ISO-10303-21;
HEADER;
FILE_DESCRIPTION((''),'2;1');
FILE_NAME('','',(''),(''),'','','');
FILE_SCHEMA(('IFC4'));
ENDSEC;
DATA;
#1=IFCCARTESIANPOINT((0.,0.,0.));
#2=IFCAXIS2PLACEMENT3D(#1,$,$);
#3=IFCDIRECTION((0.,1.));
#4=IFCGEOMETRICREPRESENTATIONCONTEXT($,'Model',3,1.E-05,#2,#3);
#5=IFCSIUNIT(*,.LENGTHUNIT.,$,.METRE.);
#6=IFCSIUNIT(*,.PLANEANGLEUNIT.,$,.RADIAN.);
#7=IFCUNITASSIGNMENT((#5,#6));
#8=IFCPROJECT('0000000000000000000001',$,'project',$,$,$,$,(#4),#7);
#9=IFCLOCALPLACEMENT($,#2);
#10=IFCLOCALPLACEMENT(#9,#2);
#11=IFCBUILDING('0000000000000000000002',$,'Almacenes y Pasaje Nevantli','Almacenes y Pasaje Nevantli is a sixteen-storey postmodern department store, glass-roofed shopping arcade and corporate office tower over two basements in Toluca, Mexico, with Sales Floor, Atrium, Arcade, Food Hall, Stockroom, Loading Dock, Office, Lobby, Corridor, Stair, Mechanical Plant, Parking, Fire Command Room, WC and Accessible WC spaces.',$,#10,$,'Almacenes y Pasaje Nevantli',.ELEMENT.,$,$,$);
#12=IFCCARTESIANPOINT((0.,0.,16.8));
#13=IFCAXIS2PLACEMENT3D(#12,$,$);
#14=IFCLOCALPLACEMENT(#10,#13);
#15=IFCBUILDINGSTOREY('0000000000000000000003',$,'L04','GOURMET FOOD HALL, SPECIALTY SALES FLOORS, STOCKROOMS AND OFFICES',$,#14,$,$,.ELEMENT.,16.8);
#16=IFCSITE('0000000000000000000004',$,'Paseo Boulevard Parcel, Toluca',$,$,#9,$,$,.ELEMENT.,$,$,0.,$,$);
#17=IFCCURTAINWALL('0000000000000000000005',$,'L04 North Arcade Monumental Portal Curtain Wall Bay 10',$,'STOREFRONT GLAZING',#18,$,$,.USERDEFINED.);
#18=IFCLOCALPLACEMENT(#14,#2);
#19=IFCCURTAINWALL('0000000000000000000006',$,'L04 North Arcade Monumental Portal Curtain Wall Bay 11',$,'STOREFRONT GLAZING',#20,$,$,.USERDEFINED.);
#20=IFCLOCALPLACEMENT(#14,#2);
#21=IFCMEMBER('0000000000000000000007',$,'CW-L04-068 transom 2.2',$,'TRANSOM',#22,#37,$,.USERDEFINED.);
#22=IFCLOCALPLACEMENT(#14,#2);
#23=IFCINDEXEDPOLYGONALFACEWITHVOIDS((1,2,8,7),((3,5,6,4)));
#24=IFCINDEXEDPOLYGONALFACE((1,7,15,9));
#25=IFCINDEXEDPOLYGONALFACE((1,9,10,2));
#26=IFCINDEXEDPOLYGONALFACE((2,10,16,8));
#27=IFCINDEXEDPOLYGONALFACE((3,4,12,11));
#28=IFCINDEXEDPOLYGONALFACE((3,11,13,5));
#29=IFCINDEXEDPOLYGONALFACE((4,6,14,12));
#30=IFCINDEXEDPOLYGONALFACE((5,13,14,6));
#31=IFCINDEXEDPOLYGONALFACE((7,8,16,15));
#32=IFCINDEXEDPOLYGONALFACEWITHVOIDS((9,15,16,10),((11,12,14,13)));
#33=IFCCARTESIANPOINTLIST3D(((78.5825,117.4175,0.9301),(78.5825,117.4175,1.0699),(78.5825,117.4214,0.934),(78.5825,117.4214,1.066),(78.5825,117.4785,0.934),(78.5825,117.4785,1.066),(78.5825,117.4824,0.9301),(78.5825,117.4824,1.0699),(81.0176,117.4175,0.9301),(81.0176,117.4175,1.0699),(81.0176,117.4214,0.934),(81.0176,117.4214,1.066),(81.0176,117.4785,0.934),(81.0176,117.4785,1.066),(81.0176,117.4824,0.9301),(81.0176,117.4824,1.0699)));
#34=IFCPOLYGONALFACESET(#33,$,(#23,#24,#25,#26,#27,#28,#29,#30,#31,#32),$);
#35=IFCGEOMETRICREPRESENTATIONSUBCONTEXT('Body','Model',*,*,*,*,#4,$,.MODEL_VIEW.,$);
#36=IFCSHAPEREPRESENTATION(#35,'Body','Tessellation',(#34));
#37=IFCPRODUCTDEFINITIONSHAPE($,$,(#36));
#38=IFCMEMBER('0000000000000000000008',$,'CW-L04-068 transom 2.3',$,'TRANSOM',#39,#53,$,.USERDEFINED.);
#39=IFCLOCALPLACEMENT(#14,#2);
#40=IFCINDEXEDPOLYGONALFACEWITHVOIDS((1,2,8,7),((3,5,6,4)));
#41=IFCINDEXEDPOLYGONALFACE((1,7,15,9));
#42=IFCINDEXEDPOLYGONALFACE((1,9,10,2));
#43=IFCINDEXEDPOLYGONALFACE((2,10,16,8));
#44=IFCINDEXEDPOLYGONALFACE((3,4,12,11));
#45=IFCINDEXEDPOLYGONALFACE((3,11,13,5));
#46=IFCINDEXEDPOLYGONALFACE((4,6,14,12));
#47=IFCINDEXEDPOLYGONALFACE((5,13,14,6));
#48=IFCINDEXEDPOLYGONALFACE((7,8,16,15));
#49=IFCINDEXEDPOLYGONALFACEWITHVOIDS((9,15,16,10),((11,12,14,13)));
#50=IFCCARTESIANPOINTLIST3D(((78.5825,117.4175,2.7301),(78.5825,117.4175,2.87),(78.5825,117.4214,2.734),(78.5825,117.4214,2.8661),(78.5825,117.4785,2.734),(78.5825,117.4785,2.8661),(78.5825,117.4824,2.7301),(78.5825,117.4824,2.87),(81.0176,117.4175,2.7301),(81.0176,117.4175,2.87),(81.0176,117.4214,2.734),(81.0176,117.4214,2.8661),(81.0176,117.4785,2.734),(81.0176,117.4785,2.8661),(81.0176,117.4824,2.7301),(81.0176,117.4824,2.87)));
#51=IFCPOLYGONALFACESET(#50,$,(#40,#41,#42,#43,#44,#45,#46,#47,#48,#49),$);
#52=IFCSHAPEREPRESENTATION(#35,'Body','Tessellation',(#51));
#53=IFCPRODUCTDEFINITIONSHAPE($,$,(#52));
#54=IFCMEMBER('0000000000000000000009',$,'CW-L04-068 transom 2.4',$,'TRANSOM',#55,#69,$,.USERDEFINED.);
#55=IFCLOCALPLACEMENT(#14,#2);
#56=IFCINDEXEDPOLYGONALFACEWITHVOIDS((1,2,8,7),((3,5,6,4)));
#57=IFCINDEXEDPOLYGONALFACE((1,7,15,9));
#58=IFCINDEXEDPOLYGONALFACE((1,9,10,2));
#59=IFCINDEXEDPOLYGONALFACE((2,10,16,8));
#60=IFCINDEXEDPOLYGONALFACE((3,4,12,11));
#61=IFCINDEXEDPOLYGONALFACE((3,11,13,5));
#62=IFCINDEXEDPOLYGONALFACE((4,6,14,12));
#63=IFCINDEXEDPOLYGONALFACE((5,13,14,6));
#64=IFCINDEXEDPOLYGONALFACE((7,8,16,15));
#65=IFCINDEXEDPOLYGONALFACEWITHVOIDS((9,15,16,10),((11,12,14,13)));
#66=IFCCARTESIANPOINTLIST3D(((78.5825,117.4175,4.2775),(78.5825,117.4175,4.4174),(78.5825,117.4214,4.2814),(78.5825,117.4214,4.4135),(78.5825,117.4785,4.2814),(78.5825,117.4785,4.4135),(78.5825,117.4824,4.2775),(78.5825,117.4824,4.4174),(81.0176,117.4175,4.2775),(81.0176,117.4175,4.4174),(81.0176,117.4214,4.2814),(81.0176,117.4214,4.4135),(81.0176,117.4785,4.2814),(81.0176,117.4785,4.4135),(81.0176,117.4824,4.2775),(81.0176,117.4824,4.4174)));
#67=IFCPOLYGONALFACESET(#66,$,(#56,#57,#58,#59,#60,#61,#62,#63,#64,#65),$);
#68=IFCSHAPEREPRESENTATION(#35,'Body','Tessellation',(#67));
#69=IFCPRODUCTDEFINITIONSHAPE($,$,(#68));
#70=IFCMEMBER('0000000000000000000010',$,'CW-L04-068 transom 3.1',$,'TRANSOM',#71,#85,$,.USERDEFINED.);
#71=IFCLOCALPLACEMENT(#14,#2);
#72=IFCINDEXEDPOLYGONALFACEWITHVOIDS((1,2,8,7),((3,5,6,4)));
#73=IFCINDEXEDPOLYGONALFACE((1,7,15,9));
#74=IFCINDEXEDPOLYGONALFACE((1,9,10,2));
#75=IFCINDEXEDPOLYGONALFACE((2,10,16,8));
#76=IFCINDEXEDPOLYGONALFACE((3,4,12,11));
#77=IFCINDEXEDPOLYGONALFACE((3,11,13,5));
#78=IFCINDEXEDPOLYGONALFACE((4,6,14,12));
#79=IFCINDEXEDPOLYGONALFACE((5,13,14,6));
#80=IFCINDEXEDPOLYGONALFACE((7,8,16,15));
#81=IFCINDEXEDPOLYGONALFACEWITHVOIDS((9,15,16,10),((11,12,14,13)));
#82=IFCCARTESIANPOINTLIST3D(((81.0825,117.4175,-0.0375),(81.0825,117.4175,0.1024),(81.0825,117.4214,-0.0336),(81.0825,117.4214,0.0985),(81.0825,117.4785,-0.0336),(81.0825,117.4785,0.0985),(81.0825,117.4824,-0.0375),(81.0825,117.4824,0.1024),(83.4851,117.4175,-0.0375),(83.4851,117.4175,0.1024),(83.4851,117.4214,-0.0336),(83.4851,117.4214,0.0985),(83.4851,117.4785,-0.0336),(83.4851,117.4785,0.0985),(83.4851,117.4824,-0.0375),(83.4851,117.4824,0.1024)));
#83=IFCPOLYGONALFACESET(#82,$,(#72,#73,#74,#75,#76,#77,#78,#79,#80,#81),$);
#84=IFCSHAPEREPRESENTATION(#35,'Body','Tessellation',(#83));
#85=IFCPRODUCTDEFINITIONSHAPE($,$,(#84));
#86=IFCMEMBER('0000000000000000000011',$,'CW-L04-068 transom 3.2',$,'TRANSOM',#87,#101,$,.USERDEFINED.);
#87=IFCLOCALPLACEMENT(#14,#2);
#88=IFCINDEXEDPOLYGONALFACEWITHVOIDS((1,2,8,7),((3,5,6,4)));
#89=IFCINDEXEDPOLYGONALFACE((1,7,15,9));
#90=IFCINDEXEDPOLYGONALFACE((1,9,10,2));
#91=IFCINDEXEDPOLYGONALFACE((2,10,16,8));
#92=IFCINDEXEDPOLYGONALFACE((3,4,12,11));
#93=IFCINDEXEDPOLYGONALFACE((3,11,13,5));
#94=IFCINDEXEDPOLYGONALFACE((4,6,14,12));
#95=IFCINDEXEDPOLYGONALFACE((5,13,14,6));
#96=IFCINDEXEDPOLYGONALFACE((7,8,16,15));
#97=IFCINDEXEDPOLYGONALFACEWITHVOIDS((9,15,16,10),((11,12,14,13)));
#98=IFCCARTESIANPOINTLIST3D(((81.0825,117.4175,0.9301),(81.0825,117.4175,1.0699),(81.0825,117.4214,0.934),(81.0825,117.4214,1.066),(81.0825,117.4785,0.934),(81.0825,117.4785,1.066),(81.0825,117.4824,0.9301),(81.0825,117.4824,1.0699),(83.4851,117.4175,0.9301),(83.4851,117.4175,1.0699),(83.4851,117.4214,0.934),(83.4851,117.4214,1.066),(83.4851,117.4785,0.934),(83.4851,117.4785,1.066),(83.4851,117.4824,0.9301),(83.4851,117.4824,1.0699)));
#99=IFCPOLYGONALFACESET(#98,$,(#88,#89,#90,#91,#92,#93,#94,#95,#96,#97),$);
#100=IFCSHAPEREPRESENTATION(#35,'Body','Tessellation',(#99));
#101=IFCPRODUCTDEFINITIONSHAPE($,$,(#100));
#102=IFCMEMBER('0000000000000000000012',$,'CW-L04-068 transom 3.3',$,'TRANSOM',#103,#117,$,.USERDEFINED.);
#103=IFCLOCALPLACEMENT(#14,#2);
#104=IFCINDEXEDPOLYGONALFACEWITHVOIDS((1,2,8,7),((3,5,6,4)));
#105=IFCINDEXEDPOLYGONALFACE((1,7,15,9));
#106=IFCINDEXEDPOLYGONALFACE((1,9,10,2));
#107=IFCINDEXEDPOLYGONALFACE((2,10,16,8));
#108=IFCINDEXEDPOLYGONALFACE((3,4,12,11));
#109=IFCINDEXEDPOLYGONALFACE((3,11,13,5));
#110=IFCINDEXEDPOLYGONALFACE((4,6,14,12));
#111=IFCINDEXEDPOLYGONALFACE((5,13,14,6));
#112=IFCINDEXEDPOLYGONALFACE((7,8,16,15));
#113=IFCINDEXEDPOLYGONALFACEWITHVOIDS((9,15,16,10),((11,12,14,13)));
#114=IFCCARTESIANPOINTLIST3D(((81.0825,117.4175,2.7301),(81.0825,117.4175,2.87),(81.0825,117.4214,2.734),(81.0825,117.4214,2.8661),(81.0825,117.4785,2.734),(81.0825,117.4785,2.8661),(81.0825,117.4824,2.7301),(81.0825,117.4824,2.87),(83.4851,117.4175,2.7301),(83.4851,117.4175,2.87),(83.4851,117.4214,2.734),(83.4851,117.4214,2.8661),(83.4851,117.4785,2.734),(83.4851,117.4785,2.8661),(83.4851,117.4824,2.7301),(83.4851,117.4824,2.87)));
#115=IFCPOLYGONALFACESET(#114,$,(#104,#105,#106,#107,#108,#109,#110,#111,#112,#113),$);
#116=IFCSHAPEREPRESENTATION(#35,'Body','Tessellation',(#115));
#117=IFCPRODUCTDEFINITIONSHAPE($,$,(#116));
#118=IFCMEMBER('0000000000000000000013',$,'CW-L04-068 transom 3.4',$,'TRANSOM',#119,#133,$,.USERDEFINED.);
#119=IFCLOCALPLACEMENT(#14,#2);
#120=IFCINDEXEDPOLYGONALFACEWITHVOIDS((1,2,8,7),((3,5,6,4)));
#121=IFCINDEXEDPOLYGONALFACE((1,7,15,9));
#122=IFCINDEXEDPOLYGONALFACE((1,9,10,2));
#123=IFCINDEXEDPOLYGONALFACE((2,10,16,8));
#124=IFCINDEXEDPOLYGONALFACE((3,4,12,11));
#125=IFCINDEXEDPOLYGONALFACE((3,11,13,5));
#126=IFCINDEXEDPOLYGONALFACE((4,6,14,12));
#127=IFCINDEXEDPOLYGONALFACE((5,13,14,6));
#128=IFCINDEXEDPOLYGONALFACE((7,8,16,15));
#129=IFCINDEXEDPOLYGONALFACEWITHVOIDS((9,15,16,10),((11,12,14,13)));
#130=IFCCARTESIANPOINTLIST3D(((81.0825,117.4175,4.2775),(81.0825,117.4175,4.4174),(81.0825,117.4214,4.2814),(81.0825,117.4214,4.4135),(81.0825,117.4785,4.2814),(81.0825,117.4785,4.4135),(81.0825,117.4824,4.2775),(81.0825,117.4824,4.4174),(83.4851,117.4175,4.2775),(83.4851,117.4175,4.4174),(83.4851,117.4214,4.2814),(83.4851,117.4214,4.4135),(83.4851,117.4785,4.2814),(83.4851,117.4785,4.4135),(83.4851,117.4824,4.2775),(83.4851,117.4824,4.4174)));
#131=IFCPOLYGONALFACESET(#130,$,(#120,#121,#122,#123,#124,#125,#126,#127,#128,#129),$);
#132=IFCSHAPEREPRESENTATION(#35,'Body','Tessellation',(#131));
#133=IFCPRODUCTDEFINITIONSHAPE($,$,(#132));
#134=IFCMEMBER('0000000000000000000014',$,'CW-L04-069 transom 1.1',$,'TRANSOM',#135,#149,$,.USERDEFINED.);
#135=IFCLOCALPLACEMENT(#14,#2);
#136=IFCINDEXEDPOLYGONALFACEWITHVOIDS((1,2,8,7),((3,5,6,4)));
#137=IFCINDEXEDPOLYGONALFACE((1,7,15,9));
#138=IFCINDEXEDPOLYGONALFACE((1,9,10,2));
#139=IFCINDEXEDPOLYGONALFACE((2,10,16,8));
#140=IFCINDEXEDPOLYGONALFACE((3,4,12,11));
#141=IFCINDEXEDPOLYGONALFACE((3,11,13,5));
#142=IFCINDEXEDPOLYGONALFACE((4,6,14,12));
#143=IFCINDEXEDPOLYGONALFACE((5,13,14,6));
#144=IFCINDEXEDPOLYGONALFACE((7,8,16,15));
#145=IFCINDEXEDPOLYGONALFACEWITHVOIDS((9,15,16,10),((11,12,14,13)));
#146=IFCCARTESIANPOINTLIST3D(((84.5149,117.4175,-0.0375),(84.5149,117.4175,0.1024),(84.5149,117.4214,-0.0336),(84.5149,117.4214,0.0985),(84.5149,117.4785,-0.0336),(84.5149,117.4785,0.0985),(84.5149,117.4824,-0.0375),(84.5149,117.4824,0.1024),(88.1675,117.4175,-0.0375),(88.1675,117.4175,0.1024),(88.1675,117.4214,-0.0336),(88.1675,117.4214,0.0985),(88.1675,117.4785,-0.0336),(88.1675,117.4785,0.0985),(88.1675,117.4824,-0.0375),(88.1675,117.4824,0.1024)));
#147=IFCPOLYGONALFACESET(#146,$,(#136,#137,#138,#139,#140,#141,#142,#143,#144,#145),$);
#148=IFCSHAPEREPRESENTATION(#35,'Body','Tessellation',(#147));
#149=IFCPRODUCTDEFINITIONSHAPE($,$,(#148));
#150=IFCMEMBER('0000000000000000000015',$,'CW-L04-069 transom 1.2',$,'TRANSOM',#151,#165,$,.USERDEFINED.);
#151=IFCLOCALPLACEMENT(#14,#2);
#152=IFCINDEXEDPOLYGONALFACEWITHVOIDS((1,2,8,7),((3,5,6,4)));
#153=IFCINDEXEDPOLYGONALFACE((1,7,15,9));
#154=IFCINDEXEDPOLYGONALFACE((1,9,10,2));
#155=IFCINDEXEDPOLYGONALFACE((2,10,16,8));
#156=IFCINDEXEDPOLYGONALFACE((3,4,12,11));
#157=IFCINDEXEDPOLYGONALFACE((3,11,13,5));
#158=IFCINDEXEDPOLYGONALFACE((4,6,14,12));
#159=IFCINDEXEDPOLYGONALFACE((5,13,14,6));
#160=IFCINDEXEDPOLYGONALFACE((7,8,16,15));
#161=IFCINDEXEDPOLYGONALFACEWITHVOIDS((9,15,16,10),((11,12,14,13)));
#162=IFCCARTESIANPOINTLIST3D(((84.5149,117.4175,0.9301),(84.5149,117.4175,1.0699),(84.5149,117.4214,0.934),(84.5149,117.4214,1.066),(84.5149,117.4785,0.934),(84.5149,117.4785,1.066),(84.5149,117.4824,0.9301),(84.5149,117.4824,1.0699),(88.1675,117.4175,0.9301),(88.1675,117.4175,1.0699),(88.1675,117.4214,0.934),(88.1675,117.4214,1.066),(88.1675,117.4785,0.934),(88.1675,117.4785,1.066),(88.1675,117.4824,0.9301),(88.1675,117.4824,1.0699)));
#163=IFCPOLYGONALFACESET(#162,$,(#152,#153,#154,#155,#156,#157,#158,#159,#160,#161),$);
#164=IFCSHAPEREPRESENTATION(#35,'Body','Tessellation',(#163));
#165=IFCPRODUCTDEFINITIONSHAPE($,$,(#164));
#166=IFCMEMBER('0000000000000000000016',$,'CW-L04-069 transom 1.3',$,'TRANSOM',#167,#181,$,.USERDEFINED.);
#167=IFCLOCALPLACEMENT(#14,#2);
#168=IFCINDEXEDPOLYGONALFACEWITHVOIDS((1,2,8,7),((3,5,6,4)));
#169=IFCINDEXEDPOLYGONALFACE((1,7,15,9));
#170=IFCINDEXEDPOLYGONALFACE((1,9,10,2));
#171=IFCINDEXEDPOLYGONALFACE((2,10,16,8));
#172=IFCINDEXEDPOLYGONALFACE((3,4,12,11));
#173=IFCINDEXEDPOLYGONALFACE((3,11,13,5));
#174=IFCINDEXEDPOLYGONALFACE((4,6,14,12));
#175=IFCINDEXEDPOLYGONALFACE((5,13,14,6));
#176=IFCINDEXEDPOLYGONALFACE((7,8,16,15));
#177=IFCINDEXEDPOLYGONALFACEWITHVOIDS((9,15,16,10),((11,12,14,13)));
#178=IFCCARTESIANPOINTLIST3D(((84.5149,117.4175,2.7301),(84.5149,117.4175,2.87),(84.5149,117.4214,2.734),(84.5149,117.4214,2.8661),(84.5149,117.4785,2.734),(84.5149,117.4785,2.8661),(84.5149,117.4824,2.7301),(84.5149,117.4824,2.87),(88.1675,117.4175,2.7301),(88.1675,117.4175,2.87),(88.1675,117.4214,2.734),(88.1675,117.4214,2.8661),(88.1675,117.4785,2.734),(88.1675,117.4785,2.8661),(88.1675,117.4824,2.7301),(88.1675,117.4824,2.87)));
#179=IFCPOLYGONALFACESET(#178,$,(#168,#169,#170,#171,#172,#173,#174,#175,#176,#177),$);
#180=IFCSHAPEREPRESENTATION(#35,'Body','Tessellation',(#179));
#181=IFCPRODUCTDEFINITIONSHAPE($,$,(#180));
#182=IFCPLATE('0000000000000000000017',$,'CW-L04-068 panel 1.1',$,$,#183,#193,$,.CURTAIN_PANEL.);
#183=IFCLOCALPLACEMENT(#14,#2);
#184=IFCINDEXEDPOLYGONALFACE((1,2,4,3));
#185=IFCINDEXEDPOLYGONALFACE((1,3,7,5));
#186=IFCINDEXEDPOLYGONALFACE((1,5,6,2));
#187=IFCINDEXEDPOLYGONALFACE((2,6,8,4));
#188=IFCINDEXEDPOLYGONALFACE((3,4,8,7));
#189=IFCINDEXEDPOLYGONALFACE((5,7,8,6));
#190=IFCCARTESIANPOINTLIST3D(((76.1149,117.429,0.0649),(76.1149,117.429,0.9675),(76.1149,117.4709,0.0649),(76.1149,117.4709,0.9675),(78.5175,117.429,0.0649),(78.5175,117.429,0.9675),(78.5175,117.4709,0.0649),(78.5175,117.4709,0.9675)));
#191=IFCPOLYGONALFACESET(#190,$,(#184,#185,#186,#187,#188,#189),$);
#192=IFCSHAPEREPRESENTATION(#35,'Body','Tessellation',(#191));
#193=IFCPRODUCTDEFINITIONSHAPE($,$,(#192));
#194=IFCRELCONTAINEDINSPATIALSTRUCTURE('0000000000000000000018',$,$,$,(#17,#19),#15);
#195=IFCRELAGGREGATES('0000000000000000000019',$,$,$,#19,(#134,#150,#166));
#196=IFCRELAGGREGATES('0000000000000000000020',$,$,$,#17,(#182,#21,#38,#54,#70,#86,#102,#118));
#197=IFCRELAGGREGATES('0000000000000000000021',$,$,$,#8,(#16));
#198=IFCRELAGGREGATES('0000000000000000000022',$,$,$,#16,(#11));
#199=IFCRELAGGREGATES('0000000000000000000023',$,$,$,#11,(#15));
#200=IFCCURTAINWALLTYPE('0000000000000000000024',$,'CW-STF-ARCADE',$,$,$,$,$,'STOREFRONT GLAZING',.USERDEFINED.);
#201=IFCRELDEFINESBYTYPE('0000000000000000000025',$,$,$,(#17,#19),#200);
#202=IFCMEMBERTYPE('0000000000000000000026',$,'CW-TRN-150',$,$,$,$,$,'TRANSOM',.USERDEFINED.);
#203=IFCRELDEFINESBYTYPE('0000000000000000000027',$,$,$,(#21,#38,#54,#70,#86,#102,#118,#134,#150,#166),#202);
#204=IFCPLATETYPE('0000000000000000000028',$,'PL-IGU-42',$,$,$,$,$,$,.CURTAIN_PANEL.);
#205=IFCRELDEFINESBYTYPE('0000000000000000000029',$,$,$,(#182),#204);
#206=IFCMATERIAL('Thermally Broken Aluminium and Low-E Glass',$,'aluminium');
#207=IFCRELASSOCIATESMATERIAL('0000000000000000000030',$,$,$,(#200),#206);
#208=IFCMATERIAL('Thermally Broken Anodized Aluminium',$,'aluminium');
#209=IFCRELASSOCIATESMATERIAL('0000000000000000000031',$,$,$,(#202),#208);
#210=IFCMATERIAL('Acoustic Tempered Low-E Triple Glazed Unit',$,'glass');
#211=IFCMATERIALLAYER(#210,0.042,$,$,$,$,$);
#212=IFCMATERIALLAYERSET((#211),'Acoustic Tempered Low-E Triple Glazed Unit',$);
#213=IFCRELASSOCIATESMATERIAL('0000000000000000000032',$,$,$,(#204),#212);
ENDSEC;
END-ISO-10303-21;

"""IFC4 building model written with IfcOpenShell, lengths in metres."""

from ifc_helpers import new_model, si_unit, direction, frame, origin, origin_2d, place, context, subcontext, project, spatial, rectangle, hollow_rectangle, extrude, material, layer, layer_set, material_profile, profile_set, type_object, element, aggregate, save


model = new_model("IFC4")

# Units and contexts
model_context = context("Model", 3, precision=1e-05, world=origin(), true_north=direction((0.0, 1.0)))
body_context = subcontext(model_context, "Body", "Model", "MODEL_VIEW")
ifc_project = project(units=[si_unit("LENGTHUNIT", "METRE"), si_unit("PLANEANGLEUNIT", "RADIAN")], contexts=[model_context])

# Site, building, storey
site_placement = place(None, origin())
site = spatial("IfcSite", under=ifc_project, at=site_placement, Name="Paseo Boulevard Parcel, Toluca", CompositionType="ELEMENT", RefElevation=0.0)
building_placement = place(site_placement, origin())
building = spatial("IfcBuilding", under=site, at=building_placement, Name="Almacenes y Pasaje Nevantli", Description="Almacenes y Pasaje Nevantli is a sixteen-storey postmodern department store, glass-roofed shopping arcade and corporate office tower over two basements in Toluca, Mexico, with Sales Floor, Atrium, Arcade, Food Hall, Stockroom, Loading Dock, Office, Lobby, Corridor, Stair, Mechanical Plant, Parking, Fire Command Room, WC and Accessible WC spaces.", LongName="Almacenes y Pasaje Nevantli", CompositionType="ELEMENT")
storey_placement = place(building_placement, frame((0.0, 0.0, 16.8)))
storey = spatial("IfcBuildingStorey", under=building, at=storey_placement, Name="L04", Description="GOURMET FOOD HALL, SPECIALTY SALES FLOORS, STOCKROOMS AND OFFICES", CompositionType="ELEMENT", Elevation=16.8)

# Curtain wall
ifc_material_1 = material(Name="Thermally Broken Aluminium and Low-E Glass", Category="aluminium")
curtain_wall_type = type_object("IfcCurtainWallType", Name="CW-STF-ARCADE", ElementType="STOREFRONT GLAZING", PredefinedType="USERDEFINED", material=ifc_material_1)
curtain_wall_1_placement = place(storey_placement, origin())
curtain_wall_1 = element("IfcCurtainWall", 1, at=curtain_wall_1_placement, inside=storey, type_object=curtain_wall_type, Name="L04 North Arcade Monumental Portal Curtain Wall Bay 10", ObjectType="STOREFRONT GLAZING", PredefinedType="USERDEFINED")

# Curtain wall
curtain_wall_2_placement = place(storey_placement, origin())
curtain_wall_2 = element("IfcCurtainWall", 2, at=curtain_wall_2_placement, inside=storey, type_object=curtain_wall_type, Name="L04 North Arcade Monumental Portal Curtain Wall Bay 11", ObjectType="STOREFRONT GLAZING", PredefinedType="USERDEFINED")

# Members
ifc_material_2 = material(Name="Thermally Broken Anodized Aluminium", Category="aluminium")
ifc_material_profile_1 = material_profile(ifc_material_2, hollow_rectangle(XDim=0.0649, YDim=0.1399, WallThickness=0.0039, at=origin_2d()), Name="ALU-TRN-65x140")
ifc_profile_set_1 = profile_set([ifc_material_profile_1], Name="Thermally Broken Anodized Aluminium")
member_type_1 = type_object("IfcMemberType", Name="CW-TRN-150", ElementType="TRANSOM", PredefinedType="USERDEFINED", material=ifc_profile_set_1)
member_1_placement = place(storey_placement, frame((78.5825, 117.45, 1.0), z_axis=(1.0, 0.0, 0.0), x_axis=(0.0, 1.0, 0.0)))
member_1 = element("IfcMember", 3, at=member_1_placement, type_object=member_type_1, Name="CW-L04-068 transom 2.2", ObjectType="TRANSOM", PredefinedType="USERDEFINED", context=body_context, shape_type="SweptSolid", body=[
    extrude(hollow_rectangle(XDim=0.0649, YDim=0.1399, WallThickness=0.0039, at=origin_2d()), origin(), (0.0, 0.0, 1.0), 2.4351),
])
member_2_placement = place(storey_placement, frame((78.5825, 117.45, 2.8), z_axis=(1.0, 0.0, 0.0), x_axis=(0.0, 1.0, 0.0)))
member_2 = element("IfcMember", 4, at=member_2_placement, type_object=member_type_1, Name="CW-L04-068 transom 2.3", ObjectType="TRANSOM", PredefinedType="USERDEFINED", context=body_context, shape_type="SweptSolid", body=[
    extrude(hollow_rectangle(XDim=0.0649, YDim=0.1399, WallThickness=0.0039, at=origin_2d()), origin(), (0.0, 0.0, 1.0), 2.4351),
])
member_3_placement = place(storey_placement, frame((78.5825, 117.45, 4.3474), z_axis=(1.0, 0.0, 0.0), x_axis=(0.0, 1.0, 0.0)))
member_3 = element("IfcMember", 5, at=member_3_placement, type_object=member_type_1, Name="CW-L04-068 transom 2.4", ObjectType="TRANSOM", PredefinedType="USERDEFINED", context=body_context, shape_type="SweptSolid", body=[
    extrude(hollow_rectangle(XDim=0.0649, YDim=0.1399, WallThickness=0.0039, at=origin_2d()), origin(), (0.0, 0.0, 1.0), 2.4351),
])
member_4_placement = place(storey_placement, frame((81.0825, 117.45, 0.0325), z_axis=(1.0, 0.0, 0.0), x_axis=(0.0, 1.0, 0.0)))
member_4 = element("IfcMember", 6, at=member_4_placement, type_object=member_type_1, Name="CW-L04-068 transom 3.1", ObjectType="TRANSOM", PredefinedType="USERDEFINED", context=body_context, shape_type="SweptSolid", body=[
    extrude(hollow_rectangle(XDim=0.0649, YDim=0.1399, WallThickness=0.0039, at=origin_2d()), origin(), (0.0, 0.0, 1.0), 2.4026),
])
member_5_placement = place(storey_placement, frame((81.0825, 117.45, 1.0), z_axis=(1.0, 0.0, 0.0), x_axis=(0.0, 1.0, 0.0)))
member_5 = element("IfcMember", 7, at=member_5_placement, type_object=member_type_1, Name="CW-L04-068 transom 3.2", ObjectType="TRANSOM", PredefinedType="USERDEFINED", context=body_context, shape_type="SweptSolid", body=[
    extrude(hollow_rectangle(XDim=0.0649, YDim=0.1399, WallThickness=0.0039, at=origin_2d()), origin(), (0.0, 0.0, 1.0), 2.4026),
])
member_6_placement = place(storey_placement, frame((81.0825, 117.45, 2.8), z_axis=(1.0, 0.0, 0.0), x_axis=(0.0, 1.0, 0.0)))
member_6 = element("IfcMember", 8, at=member_6_placement, type_object=member_type_1, Name="CW-L04-068 transom 3.3", ObjectType="TRANSOM", PredefinedType="USERDEFINED", context=body_context, shape_type="SweptSolid", body=[
    extrude(hollow_rectangle(XDim=0.0649, YDim=0.1399, WallThickness=0.0039, at=origin_2d()), origin(), (0.0, 0.0, 1.0), 2.4026),
])
member_7_placement = place(storey_placement, frame((81.0825, 117.45, 4.3474), z_axis=(1.0, 0.0, 0.0), x_axis=(0.0, 1.0, 0.0)))
member_7 = element("IfcMember", 9, at=member_7_placement, type_object=member_type_1, Name="CW-L04-068 transom 3.4", ObjectType="TRANSOM", PredefinedType="USERDEFINED", context=body_context, shape_type="SweptSolid", body=[
    extrude(hollow_rectangle(XDim=0.0649, YDim=0.1399, WallThickness=0.0039, at=origin_2d()), origin(), (0.0, 0.0, 1.0), 2.4026),
])
member_8_placement = place(storey_placement, frame((84.5149, 117.45, 0.0325), z_axis=(1.0, 0.0, 0.0), x_axis=(0.0, 1.0, 0.0)))
member_8 = element("IfcMember", 10, at=member_8_placement, type_object=member_type_1, Name="CW-L04-069 transom 1.1", ObjectType="TRANSOM", PredefinedType="USERDEFINED", context=body_context, shape_type="SweptSolid", body=[
    extrude(hollow_rectangle(XDim=0.0649, YDim=0.1399, WallThickness=0.0039, at=origin_2d()), origin(), (0.0, 0.0, 1.0), 3.6526),
])
member_9_placement = place(storey_placement, frame((84.5149, 117.45, 1.0), z_axis=(1.0, 0.0, 0.0), x_axis=(0.0, 1.0, 0.0)))
member_9 = element("IfcMember", 11, at=member_9_placement, type_object=member_type_1, Name="CW-L04-069 transom 1.2", ObjectType="TRANSOM", PredefinedType="USERDEFINED", context=body_context, shape_type="SweptSolid", body=[
    extrude(hollow_rectangle(XDim=0.0649, YDim=0.1399, WallThickness=0.0039, at=origin_2d()), origin(), (0.0, 0.0, 1.0), 3.6526),
])
member_10_placement = place(storey_placement, frame((84.5149, 117.45, 2.8), z_axis=(1.0, 0.0, 0.0), x_axis=(0.0, 1.0, 0.0)))
member_10 = element("IfcMember", 12, at=member_10_placement, type_object=member_type_1, Name="CW-L04-069 transom 1.3", ObjectType="TRANSOM", PredefinedType="USERDEFINED", context=body_context, shape_type="SweptSolid", body=[
    extrude(hollow_rectangle(XDim=0.0649, YDim=0.1399, WallThickness=0.0039, at=origin_2d()), origin(), (0.0, 0.0, 1.0), 3.6526),
])
aggregate(curtain_wall_2, [member_8, member_9, member_10])

# Plate
ifc_material_3 = material(Name="Acoustic Tempered Low-E Triple Glazed Unit", Category="glass")
ifc_layer = layer(ifc_material_3, 0.042)
ifc_layer_set = layer_set([ifc_layer], Name="Acoustic Tempered Low-E Triple Glazed Unit")
plate_type = type_object("IfcPlateType", Name="PL-IGU-42", PredefinedType="CURTAIN_PANEL", material=ifc_layer_set)
plate_1_placement = place(storey_placement, frame((77.3162, 117.45, 0.0649), z_axis=(0.0, 0.0, 1.0), x_axis=(1.0, 0.0, 0.0)))
plate_1 = element("IfcPlate", 13, at=plate_1_placement, type_object=plate_type, Name="CW-L04-068 panel 1.1", PredefinedType="CURTAIN_PANEL", context=body_context, shape_type="SweptSolid", body=[
    extrude(rectangle(XDim=2.4026, YDim=0.042, at=origin_2d()), origin(), (0.0, 0.0, 1.0), 0.9026),
])
aggregate(curtain_wall_1, [plate_1, member_1, member_2, member_3, member_4, member_5, member_6, member_7])

save(model, "model.ifc")
